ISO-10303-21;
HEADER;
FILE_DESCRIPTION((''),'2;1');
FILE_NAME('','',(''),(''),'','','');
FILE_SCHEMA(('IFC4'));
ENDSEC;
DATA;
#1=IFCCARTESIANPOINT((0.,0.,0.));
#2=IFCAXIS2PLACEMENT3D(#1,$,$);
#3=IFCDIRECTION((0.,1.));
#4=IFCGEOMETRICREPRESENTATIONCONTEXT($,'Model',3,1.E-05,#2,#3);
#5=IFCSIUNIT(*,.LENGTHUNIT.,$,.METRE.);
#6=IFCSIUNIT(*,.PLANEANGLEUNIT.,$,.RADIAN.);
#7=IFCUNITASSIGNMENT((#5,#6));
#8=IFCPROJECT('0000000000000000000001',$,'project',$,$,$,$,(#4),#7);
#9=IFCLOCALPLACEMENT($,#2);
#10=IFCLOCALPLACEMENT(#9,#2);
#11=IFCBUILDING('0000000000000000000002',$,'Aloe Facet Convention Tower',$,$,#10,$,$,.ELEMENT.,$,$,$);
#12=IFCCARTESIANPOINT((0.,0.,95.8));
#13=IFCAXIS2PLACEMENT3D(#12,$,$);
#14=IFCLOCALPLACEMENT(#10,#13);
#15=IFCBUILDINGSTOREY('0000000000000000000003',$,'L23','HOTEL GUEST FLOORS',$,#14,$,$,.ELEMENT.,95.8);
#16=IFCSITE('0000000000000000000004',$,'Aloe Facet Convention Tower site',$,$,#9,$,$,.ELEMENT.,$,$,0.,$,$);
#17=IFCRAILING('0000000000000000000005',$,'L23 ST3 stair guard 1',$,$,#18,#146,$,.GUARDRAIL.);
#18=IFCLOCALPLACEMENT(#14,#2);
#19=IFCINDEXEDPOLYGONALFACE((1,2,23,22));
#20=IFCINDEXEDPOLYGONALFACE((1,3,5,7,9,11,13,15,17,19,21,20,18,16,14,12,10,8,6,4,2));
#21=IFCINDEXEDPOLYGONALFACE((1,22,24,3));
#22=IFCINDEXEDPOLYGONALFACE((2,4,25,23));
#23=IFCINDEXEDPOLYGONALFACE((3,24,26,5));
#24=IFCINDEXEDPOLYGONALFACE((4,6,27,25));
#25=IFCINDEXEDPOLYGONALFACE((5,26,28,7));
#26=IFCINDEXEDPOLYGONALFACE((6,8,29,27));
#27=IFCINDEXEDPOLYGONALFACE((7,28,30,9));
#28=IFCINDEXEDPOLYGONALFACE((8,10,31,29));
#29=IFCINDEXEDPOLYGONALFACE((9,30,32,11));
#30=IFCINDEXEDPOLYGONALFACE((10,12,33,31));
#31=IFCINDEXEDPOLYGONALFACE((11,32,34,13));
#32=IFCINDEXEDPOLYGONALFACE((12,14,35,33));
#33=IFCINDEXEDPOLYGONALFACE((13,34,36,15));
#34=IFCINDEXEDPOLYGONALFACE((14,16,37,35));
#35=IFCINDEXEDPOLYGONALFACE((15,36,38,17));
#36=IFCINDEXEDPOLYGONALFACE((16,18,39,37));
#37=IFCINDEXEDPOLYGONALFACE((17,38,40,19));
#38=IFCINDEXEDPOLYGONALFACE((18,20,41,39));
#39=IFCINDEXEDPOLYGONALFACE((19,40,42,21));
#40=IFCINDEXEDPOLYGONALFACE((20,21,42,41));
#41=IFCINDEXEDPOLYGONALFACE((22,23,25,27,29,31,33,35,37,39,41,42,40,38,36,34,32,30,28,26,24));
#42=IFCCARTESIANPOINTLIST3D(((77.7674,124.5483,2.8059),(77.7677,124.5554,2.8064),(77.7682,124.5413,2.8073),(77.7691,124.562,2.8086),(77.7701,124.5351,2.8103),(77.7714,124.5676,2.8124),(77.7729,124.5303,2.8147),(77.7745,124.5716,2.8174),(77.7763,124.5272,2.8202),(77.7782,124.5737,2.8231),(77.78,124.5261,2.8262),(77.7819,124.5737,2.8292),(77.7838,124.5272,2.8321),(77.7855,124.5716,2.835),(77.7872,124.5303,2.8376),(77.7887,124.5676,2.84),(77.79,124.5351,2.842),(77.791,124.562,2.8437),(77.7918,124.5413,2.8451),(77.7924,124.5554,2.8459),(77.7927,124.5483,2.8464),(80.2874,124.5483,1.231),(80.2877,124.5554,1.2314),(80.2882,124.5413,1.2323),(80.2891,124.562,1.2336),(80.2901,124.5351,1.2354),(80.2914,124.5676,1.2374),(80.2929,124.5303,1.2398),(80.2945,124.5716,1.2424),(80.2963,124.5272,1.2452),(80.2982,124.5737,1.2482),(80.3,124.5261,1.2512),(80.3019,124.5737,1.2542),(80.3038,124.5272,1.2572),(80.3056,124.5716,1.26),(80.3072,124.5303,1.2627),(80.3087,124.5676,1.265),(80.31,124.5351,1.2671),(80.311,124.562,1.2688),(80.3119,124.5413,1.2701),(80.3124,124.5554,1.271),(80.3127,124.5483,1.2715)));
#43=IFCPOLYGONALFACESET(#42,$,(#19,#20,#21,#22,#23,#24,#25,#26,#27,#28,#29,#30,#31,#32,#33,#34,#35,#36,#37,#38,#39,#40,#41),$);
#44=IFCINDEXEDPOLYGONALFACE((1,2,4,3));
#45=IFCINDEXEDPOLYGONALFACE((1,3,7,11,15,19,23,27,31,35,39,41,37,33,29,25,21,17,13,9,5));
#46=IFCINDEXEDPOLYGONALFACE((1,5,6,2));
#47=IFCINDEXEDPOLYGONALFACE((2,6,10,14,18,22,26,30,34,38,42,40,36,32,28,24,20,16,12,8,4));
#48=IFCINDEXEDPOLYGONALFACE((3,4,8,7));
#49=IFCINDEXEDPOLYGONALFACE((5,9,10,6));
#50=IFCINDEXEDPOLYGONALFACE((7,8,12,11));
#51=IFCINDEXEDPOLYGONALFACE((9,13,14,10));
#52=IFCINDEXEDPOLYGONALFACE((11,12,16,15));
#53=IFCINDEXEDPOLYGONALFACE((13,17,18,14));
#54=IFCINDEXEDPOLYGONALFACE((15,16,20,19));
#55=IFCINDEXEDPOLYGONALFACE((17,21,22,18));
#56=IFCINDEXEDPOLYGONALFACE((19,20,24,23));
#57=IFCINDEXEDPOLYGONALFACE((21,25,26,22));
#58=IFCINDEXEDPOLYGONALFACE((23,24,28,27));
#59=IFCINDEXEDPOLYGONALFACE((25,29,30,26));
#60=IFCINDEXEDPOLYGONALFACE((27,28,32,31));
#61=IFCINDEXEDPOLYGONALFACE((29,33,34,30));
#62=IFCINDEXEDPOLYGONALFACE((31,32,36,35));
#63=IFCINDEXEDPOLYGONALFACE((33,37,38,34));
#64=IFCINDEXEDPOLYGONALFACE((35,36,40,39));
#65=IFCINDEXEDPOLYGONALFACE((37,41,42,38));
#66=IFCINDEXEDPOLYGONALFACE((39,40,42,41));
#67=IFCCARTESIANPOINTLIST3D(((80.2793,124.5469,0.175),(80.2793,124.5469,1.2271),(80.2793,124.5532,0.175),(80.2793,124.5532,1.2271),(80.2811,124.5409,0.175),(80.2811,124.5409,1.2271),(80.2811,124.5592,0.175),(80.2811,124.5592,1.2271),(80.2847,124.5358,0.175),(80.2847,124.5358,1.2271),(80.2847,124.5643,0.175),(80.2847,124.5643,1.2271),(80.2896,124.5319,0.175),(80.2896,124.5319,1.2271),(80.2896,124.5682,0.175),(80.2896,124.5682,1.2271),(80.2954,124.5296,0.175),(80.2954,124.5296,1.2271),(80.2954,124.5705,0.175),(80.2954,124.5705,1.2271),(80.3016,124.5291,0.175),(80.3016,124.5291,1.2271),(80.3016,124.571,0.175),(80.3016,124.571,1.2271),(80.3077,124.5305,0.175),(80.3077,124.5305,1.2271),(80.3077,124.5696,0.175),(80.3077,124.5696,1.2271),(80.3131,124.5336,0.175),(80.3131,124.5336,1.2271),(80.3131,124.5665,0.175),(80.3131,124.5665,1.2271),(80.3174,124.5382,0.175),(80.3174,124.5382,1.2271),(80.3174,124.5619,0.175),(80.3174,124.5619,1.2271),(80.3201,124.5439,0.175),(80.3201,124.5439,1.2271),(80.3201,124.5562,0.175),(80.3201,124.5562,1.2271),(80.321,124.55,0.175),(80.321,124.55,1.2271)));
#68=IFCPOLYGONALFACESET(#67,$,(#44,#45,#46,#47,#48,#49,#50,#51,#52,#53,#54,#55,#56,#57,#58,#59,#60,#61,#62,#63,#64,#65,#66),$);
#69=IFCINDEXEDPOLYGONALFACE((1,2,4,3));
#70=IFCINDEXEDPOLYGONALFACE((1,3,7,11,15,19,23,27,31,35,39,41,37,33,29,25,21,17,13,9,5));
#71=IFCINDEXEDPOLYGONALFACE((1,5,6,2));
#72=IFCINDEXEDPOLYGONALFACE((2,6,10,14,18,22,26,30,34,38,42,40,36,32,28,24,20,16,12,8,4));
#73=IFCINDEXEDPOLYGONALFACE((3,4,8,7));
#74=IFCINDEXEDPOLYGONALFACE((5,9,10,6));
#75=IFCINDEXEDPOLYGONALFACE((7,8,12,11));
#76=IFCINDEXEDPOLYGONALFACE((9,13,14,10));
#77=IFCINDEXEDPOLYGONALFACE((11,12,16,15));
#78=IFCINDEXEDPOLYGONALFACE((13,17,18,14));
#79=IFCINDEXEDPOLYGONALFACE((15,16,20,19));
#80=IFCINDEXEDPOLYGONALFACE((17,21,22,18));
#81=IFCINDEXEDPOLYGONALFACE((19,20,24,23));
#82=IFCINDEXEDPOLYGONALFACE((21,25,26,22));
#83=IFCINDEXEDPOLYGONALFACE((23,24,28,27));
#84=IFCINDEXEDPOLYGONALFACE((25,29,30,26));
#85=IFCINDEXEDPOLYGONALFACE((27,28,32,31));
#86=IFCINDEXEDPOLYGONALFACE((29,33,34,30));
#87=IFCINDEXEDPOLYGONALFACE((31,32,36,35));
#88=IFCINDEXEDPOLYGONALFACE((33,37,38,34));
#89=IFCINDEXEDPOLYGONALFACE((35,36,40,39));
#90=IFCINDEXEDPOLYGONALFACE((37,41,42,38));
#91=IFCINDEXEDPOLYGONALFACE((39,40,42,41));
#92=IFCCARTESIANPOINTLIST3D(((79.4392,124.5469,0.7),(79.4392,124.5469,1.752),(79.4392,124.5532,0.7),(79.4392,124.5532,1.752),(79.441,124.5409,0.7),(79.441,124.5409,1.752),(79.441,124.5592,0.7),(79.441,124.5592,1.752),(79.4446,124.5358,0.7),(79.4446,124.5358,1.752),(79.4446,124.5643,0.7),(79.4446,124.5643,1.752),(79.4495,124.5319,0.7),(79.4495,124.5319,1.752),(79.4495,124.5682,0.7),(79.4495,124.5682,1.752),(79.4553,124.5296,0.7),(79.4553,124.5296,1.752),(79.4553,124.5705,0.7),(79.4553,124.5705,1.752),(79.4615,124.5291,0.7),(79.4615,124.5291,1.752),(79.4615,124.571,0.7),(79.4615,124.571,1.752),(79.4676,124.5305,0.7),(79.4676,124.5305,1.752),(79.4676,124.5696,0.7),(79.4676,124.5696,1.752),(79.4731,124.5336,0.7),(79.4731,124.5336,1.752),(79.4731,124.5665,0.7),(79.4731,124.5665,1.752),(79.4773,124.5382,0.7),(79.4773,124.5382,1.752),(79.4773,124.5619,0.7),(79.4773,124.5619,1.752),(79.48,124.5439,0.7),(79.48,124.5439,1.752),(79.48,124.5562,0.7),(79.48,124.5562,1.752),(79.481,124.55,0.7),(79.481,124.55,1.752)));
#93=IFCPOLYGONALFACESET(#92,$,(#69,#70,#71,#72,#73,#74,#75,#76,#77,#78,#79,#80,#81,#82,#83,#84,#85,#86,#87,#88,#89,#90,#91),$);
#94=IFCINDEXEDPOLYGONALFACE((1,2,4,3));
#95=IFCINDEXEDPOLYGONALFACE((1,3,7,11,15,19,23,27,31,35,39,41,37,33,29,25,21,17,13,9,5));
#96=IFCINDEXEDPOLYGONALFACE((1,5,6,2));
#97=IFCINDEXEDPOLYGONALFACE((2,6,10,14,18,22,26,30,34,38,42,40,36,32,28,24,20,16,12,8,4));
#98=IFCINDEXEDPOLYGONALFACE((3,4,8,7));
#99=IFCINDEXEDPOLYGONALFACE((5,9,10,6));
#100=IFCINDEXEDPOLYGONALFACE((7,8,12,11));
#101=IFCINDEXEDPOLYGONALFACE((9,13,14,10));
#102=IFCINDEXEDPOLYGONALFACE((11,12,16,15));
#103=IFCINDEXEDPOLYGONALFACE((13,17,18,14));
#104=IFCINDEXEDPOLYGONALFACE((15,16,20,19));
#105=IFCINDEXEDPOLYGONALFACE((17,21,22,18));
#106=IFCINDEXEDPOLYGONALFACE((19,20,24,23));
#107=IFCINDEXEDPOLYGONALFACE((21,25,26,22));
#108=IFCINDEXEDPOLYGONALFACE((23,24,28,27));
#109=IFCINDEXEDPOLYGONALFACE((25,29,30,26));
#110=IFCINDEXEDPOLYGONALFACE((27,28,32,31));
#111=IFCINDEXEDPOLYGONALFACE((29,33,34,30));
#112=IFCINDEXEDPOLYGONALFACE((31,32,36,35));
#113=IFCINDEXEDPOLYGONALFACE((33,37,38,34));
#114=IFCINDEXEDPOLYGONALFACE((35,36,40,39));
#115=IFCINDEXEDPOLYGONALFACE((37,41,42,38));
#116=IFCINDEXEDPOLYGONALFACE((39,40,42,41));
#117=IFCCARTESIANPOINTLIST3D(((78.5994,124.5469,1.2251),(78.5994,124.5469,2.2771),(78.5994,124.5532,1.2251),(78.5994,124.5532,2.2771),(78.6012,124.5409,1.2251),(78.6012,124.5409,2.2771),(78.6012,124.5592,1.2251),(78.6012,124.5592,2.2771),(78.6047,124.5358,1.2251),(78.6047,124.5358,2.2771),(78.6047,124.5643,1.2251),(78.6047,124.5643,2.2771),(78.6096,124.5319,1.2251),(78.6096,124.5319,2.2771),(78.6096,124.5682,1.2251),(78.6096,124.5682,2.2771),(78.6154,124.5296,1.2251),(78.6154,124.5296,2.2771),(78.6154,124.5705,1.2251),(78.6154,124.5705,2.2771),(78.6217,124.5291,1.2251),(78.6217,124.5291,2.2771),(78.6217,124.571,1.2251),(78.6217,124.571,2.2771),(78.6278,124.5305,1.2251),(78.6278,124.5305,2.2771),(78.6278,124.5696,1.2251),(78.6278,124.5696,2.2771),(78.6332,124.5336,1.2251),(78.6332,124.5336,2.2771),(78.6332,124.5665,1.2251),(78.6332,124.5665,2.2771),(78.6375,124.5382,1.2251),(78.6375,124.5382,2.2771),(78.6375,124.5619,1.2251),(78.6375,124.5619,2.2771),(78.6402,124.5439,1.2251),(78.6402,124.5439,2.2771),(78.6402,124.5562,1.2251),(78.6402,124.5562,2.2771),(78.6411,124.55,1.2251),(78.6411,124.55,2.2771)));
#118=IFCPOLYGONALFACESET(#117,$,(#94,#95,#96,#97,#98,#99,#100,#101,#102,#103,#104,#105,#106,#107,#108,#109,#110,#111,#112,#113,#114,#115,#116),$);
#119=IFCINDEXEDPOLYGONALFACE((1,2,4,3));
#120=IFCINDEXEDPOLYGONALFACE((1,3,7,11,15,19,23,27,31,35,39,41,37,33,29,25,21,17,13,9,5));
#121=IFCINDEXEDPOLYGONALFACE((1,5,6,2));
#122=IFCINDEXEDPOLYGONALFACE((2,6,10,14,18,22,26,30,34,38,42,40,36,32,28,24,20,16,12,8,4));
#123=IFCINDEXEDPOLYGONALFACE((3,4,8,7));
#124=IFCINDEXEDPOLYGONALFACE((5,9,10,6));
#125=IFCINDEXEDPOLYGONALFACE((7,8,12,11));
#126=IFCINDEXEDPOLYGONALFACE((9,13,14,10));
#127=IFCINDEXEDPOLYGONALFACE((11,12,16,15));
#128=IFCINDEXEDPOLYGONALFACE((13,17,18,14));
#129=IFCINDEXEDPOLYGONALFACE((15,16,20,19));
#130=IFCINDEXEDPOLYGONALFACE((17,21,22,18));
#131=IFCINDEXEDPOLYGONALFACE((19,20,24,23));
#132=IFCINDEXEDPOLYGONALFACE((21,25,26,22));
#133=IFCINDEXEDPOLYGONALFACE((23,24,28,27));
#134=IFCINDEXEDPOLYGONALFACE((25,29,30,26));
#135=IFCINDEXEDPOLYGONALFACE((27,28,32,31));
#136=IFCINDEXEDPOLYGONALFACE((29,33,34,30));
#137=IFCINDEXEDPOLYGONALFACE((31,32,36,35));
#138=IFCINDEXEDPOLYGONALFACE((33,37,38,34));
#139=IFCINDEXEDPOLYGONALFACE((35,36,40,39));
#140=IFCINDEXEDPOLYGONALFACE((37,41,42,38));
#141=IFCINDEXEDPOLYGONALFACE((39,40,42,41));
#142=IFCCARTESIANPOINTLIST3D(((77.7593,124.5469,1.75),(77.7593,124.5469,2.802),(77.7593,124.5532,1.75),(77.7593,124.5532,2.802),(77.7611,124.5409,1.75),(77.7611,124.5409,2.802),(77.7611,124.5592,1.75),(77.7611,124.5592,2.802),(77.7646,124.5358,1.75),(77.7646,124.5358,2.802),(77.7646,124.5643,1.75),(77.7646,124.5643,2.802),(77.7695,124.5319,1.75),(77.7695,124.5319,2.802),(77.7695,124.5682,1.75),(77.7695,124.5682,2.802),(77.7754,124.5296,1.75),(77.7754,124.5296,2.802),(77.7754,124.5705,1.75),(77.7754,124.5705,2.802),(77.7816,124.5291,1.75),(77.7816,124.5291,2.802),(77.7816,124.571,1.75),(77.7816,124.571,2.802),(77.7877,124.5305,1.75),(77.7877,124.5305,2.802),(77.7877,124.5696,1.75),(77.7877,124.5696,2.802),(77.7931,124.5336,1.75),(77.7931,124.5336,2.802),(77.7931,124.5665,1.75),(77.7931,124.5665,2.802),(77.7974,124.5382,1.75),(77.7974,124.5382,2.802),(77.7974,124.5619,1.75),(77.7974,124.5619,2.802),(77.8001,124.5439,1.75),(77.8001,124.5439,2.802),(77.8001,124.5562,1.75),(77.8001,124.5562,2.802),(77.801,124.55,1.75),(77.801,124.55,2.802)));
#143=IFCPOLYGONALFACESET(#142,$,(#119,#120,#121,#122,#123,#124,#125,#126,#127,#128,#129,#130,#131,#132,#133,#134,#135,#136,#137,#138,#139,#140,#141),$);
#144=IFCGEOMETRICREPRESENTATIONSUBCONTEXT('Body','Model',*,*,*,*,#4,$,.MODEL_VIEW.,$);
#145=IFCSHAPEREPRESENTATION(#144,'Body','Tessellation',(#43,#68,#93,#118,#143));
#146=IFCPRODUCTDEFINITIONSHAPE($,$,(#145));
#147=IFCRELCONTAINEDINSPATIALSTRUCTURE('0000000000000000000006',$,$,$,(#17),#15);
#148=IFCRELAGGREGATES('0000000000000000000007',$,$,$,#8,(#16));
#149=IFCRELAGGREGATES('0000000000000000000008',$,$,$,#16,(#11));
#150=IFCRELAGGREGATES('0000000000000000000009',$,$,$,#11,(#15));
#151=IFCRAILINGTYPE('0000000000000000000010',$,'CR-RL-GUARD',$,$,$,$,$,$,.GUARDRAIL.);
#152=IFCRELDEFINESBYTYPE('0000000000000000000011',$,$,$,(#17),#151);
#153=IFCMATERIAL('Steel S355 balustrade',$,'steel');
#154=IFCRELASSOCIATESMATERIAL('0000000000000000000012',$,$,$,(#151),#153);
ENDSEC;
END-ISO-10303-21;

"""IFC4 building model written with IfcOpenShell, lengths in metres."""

from ifc_helpers import new_model, si_unit, direction, frame, origin, origin_2d, place, context, subcontext, project, spatial, circle, extrude, material, type_object, element, save


model = new_model("IFC4")

# Units and contexts
model_context = context("Model", 3, precision=1e-05, world=origin(), true_north=direction((0.0, 1.0)))
body_context = subcontext(model_context, "Body", "Model", "MODEL_VIEW")
ifc_project = project(units=[si_unit("LENGTHUNIT", "METRE"), si_unit("PLANEANGLEUNIT", "RADIAN")], contexts=[model_context])

# Site, building, storey
site_placement = place(None, origin())
site = spatial("IfcSite", under=ifc_project, at=site_placement, Name="Aloe Facet Convention Tower site", CompositionType="ELEMENT", RefElevation=0.0)
building_placement = place(site_placement, origin())
building = spatial("IfcBuilding", under=site, at=building_placement, Name="Aloe Facet Convention Tower", CompositionType="ELEMENT")
storey_placement = place(building_placement, frame((0.0, 0.0, 95.8)))
storey = spatial("IfcBuildingStorey", under=building, at=storey_placement, Name="L23", Description="HOTEL GUEST FLOORS", CompositionType="ELEMENT", Elevation=95.8)

# Railing
ifc_material_1 = material(Name="Steel S355 balustrade", Category="steel")
railing_type_1 = type_object("IfcRailingType", Name="CR-RL-GUARD", PredefinedType="GUARDRAIL", material=ifc_material_1)
railing_1_placement = place(storey_placement, frame((80.3, 124.55, 0.175)))
element("IfcRailing", 1, at=railing_1_placement, inside=storey, type_object=railing_type_1, Name="L23 ST3 stair guard 1", PredefinedType="GUARDRAIL", context=body_context, shape_type="SweptSolid", body=[
    extrude(circle(Radius=0.0239, at=origin_2d()), frame((0.0, 0.0, 1.0762), z_axis=(-0.848008, 0.0, 0.529984), x_axis=(0.0, -1.0, 0.0)), (0.0, 0.0, 1.0), 2.9717),
    extrude(circle(Radius=0.021, at=origin_2d()), origin(), (0.0, 0.0, 1.0), 1.052),
    extrude(circle(Radius=0.021, at=origin_2d()), frame((-0.8401, 0.0, 0.5249)), (0.0, 0.0, 1.0), 1.052),
    extrude(circle(Radius=0.021, at=origin_2d()), frame((-1.6799, 0.0, 1.05)), (0.0, 0.0, 1.0), 1.052),
    extrude(circle(Radius=0.021, at=origin_2d()), frame((-2.52, 0.0, 1.575)), (0.0, 0.0, 1.0), 1.052),
])

save(model, "model.ifc")
